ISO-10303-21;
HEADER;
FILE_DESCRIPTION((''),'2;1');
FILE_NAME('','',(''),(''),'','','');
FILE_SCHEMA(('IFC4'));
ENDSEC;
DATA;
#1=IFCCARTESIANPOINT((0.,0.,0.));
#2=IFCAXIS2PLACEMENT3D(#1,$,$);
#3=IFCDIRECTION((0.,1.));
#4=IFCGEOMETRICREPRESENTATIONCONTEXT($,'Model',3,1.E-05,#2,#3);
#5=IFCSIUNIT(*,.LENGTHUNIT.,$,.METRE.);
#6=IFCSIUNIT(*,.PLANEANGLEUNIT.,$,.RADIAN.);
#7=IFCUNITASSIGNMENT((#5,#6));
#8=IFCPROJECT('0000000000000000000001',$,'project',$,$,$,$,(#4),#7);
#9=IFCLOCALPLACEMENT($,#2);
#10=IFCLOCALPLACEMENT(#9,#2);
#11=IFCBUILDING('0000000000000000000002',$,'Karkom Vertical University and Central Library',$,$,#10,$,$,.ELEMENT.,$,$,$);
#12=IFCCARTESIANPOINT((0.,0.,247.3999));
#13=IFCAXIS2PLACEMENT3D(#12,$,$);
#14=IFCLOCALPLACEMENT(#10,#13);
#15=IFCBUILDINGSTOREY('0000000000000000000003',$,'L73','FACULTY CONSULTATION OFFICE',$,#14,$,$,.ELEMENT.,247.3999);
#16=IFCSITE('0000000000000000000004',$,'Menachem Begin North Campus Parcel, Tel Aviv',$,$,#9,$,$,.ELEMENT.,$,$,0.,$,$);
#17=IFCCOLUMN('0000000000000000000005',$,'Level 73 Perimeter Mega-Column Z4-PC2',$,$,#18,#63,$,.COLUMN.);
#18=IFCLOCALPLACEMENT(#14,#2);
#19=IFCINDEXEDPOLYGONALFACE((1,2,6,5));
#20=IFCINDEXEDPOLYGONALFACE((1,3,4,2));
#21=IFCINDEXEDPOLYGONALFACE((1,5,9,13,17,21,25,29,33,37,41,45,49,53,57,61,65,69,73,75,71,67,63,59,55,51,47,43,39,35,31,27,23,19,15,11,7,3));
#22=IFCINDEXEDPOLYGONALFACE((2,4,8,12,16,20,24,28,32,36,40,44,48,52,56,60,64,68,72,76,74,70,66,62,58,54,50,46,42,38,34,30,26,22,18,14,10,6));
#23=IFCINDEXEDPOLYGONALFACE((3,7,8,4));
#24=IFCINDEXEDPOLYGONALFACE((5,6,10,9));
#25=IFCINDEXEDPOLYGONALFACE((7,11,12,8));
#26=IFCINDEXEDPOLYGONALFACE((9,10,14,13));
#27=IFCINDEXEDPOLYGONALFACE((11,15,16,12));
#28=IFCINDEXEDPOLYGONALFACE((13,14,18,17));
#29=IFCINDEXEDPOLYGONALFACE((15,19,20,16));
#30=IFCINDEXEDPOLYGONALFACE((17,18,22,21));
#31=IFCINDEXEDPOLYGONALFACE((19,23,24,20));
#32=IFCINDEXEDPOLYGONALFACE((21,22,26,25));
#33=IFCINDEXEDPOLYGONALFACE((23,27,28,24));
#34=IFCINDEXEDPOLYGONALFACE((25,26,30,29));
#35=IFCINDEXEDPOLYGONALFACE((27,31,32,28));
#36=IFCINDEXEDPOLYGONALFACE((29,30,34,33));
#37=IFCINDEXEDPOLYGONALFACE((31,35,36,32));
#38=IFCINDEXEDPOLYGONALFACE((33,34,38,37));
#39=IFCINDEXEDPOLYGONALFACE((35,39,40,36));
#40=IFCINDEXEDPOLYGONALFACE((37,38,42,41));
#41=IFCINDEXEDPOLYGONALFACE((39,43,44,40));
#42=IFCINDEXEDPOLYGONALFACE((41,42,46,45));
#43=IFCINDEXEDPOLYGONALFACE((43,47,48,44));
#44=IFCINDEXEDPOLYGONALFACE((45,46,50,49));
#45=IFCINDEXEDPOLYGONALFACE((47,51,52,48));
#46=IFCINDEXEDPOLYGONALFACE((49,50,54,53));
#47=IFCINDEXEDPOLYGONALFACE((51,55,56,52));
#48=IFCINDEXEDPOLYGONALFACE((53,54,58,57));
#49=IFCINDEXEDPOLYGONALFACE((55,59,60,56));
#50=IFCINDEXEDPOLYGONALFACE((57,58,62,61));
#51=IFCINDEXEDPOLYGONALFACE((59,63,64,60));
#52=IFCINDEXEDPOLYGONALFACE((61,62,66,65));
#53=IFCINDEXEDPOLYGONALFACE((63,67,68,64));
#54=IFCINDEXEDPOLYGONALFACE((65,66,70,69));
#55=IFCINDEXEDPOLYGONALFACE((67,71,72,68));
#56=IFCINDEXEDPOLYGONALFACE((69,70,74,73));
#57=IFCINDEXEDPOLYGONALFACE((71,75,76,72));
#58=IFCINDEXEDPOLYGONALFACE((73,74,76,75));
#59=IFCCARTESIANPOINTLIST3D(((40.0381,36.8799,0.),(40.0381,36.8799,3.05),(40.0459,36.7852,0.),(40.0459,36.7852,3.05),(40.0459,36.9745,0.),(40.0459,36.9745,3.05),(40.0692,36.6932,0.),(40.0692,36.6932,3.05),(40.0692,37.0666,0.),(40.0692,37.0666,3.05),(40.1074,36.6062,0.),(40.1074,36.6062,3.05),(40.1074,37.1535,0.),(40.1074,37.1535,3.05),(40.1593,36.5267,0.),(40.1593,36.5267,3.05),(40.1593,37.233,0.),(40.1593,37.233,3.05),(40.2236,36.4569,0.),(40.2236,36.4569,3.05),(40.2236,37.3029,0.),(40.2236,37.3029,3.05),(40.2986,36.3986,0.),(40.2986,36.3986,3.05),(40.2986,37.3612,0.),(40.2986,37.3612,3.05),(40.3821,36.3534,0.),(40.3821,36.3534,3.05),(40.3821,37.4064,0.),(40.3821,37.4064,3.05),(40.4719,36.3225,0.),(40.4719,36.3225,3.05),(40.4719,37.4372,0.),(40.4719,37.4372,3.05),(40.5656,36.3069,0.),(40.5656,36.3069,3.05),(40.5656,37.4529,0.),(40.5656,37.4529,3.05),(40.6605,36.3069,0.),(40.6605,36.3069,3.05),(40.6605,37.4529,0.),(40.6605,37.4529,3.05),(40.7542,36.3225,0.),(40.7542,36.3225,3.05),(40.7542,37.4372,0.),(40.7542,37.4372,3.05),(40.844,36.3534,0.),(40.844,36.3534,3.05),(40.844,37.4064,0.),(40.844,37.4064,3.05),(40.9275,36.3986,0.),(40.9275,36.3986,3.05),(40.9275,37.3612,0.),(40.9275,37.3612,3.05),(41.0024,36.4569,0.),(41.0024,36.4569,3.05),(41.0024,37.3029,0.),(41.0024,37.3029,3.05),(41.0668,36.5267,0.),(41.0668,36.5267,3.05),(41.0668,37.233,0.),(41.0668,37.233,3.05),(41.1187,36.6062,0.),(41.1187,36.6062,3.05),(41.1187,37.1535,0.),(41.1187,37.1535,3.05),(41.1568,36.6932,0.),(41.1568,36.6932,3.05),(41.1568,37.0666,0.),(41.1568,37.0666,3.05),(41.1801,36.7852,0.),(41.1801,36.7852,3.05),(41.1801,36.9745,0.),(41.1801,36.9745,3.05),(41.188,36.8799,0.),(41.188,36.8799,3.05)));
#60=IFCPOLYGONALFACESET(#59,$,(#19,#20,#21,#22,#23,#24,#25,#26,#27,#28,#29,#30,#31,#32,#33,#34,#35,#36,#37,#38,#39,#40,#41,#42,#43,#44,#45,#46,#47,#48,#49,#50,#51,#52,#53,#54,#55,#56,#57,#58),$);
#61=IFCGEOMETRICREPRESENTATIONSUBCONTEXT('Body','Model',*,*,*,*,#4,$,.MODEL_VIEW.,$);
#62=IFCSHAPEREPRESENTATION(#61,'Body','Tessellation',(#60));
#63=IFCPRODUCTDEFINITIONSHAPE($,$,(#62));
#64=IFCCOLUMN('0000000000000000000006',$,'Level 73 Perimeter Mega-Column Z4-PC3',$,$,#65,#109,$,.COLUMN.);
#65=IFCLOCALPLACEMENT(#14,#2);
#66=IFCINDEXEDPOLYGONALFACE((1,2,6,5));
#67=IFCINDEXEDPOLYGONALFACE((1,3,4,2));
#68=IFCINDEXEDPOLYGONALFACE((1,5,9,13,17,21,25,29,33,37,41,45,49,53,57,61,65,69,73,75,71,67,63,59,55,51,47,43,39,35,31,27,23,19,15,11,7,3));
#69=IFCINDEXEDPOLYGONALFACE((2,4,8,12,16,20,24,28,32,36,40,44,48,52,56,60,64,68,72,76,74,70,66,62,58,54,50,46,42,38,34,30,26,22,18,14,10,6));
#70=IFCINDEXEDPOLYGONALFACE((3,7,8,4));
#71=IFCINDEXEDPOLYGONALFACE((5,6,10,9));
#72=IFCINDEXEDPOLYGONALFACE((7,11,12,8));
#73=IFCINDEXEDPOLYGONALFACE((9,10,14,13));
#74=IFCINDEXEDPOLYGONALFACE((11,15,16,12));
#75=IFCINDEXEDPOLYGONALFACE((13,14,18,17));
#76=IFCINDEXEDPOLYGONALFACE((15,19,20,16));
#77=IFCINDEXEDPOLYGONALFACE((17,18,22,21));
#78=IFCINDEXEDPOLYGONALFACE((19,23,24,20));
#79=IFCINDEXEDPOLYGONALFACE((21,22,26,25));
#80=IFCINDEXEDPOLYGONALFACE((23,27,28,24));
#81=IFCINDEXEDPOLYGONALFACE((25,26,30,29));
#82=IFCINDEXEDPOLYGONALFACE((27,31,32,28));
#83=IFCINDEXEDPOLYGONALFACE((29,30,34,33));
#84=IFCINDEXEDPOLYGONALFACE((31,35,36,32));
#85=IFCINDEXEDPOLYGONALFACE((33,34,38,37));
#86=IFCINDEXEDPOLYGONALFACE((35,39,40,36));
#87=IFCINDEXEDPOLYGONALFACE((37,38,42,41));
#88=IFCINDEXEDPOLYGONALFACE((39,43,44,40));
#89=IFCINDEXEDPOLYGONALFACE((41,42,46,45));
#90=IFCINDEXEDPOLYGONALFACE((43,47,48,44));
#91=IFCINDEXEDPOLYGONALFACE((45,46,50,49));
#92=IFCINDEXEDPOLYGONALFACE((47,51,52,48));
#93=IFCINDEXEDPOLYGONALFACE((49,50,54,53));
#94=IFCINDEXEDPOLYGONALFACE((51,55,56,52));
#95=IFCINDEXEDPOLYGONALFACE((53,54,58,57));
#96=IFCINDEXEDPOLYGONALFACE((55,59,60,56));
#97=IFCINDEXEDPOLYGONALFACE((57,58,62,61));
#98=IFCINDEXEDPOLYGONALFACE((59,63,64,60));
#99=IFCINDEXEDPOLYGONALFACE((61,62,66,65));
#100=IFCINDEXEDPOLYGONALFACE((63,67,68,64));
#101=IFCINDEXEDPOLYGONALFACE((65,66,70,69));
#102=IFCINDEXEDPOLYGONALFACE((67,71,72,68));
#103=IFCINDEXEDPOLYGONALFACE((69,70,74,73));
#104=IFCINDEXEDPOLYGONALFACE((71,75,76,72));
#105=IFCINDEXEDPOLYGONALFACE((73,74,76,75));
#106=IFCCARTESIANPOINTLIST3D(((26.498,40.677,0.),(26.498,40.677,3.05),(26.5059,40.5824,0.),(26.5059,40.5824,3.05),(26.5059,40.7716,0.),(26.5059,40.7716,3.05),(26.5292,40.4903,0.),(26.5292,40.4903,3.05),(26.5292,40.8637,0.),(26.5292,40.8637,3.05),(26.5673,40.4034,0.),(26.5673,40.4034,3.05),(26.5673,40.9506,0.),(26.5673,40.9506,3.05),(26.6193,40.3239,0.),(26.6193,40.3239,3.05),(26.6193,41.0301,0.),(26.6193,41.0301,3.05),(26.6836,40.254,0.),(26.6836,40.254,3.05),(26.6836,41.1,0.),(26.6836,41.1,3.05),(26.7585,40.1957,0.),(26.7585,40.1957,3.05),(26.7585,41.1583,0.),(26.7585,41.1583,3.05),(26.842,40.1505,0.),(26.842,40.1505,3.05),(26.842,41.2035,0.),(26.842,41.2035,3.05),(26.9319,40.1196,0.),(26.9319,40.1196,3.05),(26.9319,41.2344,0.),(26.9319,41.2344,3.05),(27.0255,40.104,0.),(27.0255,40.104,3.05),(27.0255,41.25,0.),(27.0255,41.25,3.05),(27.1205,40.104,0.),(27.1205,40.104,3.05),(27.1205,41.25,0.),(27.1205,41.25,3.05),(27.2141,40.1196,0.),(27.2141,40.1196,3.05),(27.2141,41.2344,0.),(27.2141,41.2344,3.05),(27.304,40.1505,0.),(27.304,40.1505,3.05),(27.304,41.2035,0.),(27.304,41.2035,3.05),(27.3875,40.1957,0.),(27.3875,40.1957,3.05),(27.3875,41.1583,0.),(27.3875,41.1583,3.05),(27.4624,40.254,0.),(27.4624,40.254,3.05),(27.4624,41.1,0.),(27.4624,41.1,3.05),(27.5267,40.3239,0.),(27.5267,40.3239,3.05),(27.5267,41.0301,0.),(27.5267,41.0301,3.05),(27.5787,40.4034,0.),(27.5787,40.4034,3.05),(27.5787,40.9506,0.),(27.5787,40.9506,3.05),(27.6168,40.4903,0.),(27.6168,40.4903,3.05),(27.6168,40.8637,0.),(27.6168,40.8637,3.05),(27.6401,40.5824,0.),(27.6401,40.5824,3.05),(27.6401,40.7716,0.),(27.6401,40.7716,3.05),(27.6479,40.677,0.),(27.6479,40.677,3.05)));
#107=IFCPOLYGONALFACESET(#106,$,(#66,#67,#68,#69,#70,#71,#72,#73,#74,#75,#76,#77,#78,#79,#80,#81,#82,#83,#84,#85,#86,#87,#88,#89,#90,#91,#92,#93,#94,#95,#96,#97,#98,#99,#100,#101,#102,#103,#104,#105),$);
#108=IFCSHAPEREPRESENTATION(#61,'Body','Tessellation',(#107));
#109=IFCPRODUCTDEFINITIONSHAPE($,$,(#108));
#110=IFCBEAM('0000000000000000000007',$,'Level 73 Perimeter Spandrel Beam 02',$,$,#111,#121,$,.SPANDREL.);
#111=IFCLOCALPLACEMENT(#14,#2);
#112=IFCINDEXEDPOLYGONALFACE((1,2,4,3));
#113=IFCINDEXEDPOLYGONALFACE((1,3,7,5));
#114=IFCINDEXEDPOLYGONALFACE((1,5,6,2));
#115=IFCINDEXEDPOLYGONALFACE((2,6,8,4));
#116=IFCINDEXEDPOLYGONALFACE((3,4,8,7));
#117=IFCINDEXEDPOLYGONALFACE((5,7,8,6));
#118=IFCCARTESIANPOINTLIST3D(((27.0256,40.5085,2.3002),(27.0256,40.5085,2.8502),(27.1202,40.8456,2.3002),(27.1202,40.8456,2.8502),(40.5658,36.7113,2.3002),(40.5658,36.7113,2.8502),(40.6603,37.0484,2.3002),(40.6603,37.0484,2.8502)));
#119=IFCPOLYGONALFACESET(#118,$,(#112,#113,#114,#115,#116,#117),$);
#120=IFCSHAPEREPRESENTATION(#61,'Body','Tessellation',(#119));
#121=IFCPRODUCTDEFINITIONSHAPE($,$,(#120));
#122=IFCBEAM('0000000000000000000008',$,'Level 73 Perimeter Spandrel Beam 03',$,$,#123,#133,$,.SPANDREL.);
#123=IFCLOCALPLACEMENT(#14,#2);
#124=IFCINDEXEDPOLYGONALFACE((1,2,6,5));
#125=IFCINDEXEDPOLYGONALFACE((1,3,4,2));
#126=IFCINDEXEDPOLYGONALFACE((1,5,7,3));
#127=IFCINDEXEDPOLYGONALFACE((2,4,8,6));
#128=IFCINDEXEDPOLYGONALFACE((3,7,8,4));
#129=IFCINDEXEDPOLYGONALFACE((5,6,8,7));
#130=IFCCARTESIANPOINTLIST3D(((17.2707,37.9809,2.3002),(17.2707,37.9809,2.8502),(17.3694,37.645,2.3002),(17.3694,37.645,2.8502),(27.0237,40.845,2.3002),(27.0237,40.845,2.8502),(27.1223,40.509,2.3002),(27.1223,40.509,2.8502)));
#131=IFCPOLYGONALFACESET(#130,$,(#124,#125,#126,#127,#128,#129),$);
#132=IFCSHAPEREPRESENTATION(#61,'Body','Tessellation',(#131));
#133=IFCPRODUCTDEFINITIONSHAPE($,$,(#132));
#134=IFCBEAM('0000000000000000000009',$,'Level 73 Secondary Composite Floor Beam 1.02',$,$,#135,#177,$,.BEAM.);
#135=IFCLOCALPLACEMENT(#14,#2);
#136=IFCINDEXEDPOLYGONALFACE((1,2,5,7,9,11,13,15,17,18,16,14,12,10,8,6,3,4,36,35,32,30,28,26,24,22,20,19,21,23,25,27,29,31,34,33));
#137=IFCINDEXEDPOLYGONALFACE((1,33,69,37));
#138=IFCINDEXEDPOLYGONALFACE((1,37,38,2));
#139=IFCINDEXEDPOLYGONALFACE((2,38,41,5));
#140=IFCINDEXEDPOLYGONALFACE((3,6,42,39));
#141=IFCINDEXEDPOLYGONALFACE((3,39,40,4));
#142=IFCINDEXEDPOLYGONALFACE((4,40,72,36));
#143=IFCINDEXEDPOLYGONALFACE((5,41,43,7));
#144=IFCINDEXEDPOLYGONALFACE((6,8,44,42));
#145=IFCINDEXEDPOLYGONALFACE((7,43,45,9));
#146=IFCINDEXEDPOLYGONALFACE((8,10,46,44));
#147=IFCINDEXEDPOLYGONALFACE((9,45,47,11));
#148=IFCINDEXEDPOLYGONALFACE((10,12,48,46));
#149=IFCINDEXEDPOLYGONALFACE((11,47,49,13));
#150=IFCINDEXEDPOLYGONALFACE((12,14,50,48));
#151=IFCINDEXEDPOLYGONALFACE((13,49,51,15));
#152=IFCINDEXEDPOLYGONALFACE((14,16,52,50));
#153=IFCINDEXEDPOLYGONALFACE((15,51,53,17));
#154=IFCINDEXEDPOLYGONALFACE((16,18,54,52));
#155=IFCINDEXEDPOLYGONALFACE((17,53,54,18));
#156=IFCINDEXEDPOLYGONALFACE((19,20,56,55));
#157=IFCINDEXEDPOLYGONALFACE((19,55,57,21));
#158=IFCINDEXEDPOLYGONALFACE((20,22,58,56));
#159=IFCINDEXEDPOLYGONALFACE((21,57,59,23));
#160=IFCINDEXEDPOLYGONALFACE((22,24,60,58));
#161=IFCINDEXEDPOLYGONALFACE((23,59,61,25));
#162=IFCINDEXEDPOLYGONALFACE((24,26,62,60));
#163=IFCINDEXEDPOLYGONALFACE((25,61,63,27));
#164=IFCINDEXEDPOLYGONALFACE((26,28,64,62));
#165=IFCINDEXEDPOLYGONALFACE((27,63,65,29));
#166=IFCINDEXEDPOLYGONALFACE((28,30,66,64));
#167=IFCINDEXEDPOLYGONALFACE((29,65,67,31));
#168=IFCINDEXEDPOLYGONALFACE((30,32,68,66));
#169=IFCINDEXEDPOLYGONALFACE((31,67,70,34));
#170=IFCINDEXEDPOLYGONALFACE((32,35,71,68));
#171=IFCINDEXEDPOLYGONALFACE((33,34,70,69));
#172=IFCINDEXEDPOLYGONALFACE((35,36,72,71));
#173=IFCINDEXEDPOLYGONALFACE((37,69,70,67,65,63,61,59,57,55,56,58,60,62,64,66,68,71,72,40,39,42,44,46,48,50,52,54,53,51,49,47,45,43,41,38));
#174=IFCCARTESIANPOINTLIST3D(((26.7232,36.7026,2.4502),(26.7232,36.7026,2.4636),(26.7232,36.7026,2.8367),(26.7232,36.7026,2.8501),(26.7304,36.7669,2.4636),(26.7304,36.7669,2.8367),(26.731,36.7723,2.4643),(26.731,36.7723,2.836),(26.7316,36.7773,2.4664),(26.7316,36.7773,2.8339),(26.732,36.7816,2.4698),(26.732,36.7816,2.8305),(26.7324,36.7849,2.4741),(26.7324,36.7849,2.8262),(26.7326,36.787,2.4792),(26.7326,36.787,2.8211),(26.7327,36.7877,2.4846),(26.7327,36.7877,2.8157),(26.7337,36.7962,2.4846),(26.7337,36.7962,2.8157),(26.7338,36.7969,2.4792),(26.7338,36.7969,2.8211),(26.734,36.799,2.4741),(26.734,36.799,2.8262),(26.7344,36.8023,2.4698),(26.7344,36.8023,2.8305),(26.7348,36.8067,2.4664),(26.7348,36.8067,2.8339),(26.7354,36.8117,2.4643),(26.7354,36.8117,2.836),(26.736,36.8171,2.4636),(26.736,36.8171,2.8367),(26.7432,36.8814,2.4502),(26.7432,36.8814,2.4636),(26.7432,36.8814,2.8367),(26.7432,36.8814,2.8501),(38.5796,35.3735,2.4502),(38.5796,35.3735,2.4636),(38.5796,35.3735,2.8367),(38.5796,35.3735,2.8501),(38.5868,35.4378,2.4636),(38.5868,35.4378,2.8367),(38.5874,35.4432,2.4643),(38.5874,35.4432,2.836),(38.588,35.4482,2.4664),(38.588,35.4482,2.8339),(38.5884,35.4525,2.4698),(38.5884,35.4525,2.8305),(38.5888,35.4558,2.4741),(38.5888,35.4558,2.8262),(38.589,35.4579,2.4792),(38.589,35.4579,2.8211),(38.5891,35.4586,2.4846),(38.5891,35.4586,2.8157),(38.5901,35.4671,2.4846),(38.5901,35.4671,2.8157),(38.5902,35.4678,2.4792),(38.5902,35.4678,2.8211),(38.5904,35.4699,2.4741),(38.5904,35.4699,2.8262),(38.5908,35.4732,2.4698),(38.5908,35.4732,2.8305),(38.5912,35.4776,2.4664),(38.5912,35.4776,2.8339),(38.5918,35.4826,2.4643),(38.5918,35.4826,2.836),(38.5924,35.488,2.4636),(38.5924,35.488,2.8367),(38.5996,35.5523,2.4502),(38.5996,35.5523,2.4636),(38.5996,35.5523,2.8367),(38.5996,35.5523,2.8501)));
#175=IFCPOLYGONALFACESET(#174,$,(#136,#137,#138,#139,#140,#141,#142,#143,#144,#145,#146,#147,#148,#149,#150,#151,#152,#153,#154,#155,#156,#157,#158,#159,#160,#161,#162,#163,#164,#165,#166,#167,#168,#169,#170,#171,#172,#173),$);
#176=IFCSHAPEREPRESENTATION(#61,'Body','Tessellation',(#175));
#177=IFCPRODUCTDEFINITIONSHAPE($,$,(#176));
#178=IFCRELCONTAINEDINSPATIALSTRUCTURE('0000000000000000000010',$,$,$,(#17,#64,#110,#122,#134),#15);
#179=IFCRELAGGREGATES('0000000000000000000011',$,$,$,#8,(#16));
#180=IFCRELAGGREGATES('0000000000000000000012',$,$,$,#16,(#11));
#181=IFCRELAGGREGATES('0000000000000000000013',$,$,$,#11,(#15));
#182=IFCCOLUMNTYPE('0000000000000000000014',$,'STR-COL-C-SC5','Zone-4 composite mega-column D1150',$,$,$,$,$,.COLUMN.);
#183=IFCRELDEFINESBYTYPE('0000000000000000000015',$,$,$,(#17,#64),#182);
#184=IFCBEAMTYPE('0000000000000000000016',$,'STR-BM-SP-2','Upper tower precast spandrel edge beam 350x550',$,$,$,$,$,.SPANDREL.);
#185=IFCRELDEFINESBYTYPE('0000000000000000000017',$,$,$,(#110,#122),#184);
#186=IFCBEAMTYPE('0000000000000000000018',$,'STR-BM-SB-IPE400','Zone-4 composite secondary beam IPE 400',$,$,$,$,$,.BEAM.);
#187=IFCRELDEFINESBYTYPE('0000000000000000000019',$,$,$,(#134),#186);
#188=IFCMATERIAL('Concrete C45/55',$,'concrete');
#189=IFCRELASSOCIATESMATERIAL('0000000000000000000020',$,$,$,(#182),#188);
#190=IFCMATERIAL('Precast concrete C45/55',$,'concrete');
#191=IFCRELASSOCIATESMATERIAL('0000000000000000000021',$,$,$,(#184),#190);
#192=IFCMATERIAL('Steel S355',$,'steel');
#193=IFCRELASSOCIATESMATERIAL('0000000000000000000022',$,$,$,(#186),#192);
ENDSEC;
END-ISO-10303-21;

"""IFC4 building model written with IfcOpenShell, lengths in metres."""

from ifc_helpers import new_model, si_unit, direction, frame, origin, origin_with_axes, origin_2d, place, context, subcontext, project, spatial, rectangle, circle, i_section, extrude, source, transform, mapped, material, material_profile, profile_set, type_object, element, save


model = new_model("IFC4")

# Units and contexts
model_context = context("Model", 3, precision=1e-05, world=origin(), true_north=direction((0.0, 1.0)))
body_context = subcontext(model_context, "Body", "Model", "MODEL_VIEW")
ifc_project = project(units=[si_unit("LENGTHUNIT", "METRE"), si_unit("PLANEANGLEUNIT", "RADIAN")], contexts=[model_context])

# Site, building, storey
site_placement = place(None, origin())
site = spatial("IfcSite", under=ifc_project, at=site_placement, Name="Menachem Begin North Campus Parcel, Tel Aviv", CompositionType="ELEMENT", RefElevation=0.0)
building_placement = place(site_placement, origin())
building = spatial("IfcBuilding", under=site, at=building_placement, Name="Karkom Vertical University and Central Library", CompositionType="ELEMENT")
storey_placement = place(building_placement, frame((0.0, 0.0, 247.3999)))
storey = spatial("IfcBuildingStorey", under=building, at=storey_placement, Name="L73", Description="FACULTY CONSULTATION OFFICE", CompositionType="ELEMENT", Elevation=247.3999)

# Columns
ifc_material_1 = material(Name="Concrete C45/55", Category="concrete")
ifc_material_profile_1 = material_profile(ifc_material_1, circle(Radius=0.575, at=origin_2d()), Name="CFT-D1150")
ifc_profile_set_1 = profile_set([ifc_material_profile_1], Name="Concrete C45/55")
column_type = type_object("IfcColumnType", Name="STR-COL-C-SC5", Description="Zone-4 composite mega-column D1150", PredefinedType="COLUMN", material=ifc_profile_set_1)
shared_shape_1 = source(origin_with_axes(), body_context, "Body", "SweptSolid", [
    extrude(circle(Radius=0.575, at=origin_2d()), origin(), (0.0, 0.0, 1.0), 3.05),
])
for number, where, z_axis, x_axis, name in (
    (1, (40.613, 36.8799, 0.0), (0.0, 0.0, 1.0), (1.0, 0.0, 0.0), "Level 73 Perimeter Mega-Column Z4-PC2"),
    (2, (27.073, 40.677, 0.0), (0.0, 0.0, 1.0), (1.0, 0.0, 0.0), "Level 73 Perimeter Mega-Column Z4-PC3"),
):
    element("IfcColumn", number, at=place(storey_placement, frame(where, z_axis=z_axis, x_axis=x_axis)), inside=storey, type_object=column_type, Name=name, PredefinedType="COLUMN", context=body_context, shape_type="MappedRepresentation", body=[
        mapped(shared_shape_1, transform((0.0, 0.0, 0.0), scale=1.0)),
    ])

# Beams
ifc_material_2 = material(Name="Precast concrete C45/55", Category="concrete")
ifc_material_profile_2 = material_profile(ifc_material_2, rectangle(XDim=0.3501, YDim=0.55, at=origin_2d()), Name="SPB-350x550")
ifc_profile_set_2 = profile_set([ifc_material_profile_2], Name="Precast concrete C45/55")
beam_type_1 = type_object("IfcBeamType", Name="STR-BM-SP-2", Description="Upper tower precast spandrel edge beam 350x550", PredefinedType="SPANDREL", material=ifc_profile_set_2)
shared_shape_2 = source(origin_with_axes(), body_context, "Body", "SweptSolid", [
    extrude(rectangle(XDim=0.3501, YDim=0.55, at=origin_2d()), origin(), (0.0, 0.0, 1.0), 14.0625),
])
beam_1_placement = place(storey_placement, frame((40.613, 36.8799, 2.5752), z_axis=(-0.962855, 0.27002, 0.0), x_axis=(-0.27002, -0.962855, 0.0)))
element("IfcBeam", 3, at=beam_1_placement, inside=storey, type_object=beam_type_1, Name="Level 73 Perimeter Spandrel Beam 02", PredefinedType="SPANDREL", context=body_context, shape_type="MappedRepresentation", body=[
    mapped(shared_shape_2, transform((0.0, 0.0, 0.0), scale=1.0)),
])
shared_shape_3 = source(origin_with_axes(), body_context, "Body", "SweptSolid", [
    extrude(rectangle(XDim=0.3501, YDim=0.55, at=origin_2d()), origin(), (0.0, 0.0, 1.0), 10.1648),
])
beam_2_placement = place(storey_placement, frame((27.073, 40.677, 2.5752), z_axis=(-0.959485, -0.281759, 0.0), x_axis=(0.281759, -0.959485, 0.0)))
element("IfcBeam", 4, at=beam_2_placement, inside=storey, type_object=beam_type_1, Name="Level 73 Perimeter Spandrel Beam 03", PredefinedType="SPANDREL", context=body_context, shape_type="MappedRepresentation", body=[
    mapped(shared_shape_3, transform((0.0, 0.0, 0.0), scale=1.0)),
])
ifc_material_3 = material(Name="Steel S355", Category="steel")
ifc_material_profile_3 = material_profile(ifc_material_3, i_section(OverallWidth=0.1799, OverallDepth=0.3999, WebThickness=0.0085, FlangeThickness=0.0134, FilletRadius=0.021, at=origin_2d()), Name="IPE 400")
ifc_profile_set_3 = profile_set([ifc_material_profile_3], Name="Steel S355")
beam_type_2 = type_object("IfcBeamType", Name="STR-BM-SB-IPE400", Description="Zone-4 composite secondary beam IPE 400", PredefinedType="BEAM", material=ifc_profile_set_3)
shared_shape_4 = source(origin_with_axes(), body_context, "Body", "SweptSolid", [
    extrude(i_section(OverallWidth=0.1799, OverallDepth=0.3999, WebThickness=0.0085, FlangeThickness=0.0134, FilletRadius=0.021, at=origin_2d()), origin(), (0.0, 0.0, 1.0), 11.9307),
])
beam_3_placement = place(storey_placement, frame((38.5896, 35.4629, 2.6501), z_axis=(-0.993775, 0.111402, 0.0), x_axis=(-0.111402, -0.993775, 0.0)))
element("IfcBeam", 5, at=beam_3_placement, inside=storey, type_object=beam_type_2, Name="Level 73 Secondary Composite Floor Beam 1.02", PredefinedType="BEAM", context=body_context, shape_type="MappedRepresentation", body=[
    mapped(shared_shape_4, transform((0.0, 0.0, 0.0), scale=1.0)),
])

save(model, "model.ifc")
